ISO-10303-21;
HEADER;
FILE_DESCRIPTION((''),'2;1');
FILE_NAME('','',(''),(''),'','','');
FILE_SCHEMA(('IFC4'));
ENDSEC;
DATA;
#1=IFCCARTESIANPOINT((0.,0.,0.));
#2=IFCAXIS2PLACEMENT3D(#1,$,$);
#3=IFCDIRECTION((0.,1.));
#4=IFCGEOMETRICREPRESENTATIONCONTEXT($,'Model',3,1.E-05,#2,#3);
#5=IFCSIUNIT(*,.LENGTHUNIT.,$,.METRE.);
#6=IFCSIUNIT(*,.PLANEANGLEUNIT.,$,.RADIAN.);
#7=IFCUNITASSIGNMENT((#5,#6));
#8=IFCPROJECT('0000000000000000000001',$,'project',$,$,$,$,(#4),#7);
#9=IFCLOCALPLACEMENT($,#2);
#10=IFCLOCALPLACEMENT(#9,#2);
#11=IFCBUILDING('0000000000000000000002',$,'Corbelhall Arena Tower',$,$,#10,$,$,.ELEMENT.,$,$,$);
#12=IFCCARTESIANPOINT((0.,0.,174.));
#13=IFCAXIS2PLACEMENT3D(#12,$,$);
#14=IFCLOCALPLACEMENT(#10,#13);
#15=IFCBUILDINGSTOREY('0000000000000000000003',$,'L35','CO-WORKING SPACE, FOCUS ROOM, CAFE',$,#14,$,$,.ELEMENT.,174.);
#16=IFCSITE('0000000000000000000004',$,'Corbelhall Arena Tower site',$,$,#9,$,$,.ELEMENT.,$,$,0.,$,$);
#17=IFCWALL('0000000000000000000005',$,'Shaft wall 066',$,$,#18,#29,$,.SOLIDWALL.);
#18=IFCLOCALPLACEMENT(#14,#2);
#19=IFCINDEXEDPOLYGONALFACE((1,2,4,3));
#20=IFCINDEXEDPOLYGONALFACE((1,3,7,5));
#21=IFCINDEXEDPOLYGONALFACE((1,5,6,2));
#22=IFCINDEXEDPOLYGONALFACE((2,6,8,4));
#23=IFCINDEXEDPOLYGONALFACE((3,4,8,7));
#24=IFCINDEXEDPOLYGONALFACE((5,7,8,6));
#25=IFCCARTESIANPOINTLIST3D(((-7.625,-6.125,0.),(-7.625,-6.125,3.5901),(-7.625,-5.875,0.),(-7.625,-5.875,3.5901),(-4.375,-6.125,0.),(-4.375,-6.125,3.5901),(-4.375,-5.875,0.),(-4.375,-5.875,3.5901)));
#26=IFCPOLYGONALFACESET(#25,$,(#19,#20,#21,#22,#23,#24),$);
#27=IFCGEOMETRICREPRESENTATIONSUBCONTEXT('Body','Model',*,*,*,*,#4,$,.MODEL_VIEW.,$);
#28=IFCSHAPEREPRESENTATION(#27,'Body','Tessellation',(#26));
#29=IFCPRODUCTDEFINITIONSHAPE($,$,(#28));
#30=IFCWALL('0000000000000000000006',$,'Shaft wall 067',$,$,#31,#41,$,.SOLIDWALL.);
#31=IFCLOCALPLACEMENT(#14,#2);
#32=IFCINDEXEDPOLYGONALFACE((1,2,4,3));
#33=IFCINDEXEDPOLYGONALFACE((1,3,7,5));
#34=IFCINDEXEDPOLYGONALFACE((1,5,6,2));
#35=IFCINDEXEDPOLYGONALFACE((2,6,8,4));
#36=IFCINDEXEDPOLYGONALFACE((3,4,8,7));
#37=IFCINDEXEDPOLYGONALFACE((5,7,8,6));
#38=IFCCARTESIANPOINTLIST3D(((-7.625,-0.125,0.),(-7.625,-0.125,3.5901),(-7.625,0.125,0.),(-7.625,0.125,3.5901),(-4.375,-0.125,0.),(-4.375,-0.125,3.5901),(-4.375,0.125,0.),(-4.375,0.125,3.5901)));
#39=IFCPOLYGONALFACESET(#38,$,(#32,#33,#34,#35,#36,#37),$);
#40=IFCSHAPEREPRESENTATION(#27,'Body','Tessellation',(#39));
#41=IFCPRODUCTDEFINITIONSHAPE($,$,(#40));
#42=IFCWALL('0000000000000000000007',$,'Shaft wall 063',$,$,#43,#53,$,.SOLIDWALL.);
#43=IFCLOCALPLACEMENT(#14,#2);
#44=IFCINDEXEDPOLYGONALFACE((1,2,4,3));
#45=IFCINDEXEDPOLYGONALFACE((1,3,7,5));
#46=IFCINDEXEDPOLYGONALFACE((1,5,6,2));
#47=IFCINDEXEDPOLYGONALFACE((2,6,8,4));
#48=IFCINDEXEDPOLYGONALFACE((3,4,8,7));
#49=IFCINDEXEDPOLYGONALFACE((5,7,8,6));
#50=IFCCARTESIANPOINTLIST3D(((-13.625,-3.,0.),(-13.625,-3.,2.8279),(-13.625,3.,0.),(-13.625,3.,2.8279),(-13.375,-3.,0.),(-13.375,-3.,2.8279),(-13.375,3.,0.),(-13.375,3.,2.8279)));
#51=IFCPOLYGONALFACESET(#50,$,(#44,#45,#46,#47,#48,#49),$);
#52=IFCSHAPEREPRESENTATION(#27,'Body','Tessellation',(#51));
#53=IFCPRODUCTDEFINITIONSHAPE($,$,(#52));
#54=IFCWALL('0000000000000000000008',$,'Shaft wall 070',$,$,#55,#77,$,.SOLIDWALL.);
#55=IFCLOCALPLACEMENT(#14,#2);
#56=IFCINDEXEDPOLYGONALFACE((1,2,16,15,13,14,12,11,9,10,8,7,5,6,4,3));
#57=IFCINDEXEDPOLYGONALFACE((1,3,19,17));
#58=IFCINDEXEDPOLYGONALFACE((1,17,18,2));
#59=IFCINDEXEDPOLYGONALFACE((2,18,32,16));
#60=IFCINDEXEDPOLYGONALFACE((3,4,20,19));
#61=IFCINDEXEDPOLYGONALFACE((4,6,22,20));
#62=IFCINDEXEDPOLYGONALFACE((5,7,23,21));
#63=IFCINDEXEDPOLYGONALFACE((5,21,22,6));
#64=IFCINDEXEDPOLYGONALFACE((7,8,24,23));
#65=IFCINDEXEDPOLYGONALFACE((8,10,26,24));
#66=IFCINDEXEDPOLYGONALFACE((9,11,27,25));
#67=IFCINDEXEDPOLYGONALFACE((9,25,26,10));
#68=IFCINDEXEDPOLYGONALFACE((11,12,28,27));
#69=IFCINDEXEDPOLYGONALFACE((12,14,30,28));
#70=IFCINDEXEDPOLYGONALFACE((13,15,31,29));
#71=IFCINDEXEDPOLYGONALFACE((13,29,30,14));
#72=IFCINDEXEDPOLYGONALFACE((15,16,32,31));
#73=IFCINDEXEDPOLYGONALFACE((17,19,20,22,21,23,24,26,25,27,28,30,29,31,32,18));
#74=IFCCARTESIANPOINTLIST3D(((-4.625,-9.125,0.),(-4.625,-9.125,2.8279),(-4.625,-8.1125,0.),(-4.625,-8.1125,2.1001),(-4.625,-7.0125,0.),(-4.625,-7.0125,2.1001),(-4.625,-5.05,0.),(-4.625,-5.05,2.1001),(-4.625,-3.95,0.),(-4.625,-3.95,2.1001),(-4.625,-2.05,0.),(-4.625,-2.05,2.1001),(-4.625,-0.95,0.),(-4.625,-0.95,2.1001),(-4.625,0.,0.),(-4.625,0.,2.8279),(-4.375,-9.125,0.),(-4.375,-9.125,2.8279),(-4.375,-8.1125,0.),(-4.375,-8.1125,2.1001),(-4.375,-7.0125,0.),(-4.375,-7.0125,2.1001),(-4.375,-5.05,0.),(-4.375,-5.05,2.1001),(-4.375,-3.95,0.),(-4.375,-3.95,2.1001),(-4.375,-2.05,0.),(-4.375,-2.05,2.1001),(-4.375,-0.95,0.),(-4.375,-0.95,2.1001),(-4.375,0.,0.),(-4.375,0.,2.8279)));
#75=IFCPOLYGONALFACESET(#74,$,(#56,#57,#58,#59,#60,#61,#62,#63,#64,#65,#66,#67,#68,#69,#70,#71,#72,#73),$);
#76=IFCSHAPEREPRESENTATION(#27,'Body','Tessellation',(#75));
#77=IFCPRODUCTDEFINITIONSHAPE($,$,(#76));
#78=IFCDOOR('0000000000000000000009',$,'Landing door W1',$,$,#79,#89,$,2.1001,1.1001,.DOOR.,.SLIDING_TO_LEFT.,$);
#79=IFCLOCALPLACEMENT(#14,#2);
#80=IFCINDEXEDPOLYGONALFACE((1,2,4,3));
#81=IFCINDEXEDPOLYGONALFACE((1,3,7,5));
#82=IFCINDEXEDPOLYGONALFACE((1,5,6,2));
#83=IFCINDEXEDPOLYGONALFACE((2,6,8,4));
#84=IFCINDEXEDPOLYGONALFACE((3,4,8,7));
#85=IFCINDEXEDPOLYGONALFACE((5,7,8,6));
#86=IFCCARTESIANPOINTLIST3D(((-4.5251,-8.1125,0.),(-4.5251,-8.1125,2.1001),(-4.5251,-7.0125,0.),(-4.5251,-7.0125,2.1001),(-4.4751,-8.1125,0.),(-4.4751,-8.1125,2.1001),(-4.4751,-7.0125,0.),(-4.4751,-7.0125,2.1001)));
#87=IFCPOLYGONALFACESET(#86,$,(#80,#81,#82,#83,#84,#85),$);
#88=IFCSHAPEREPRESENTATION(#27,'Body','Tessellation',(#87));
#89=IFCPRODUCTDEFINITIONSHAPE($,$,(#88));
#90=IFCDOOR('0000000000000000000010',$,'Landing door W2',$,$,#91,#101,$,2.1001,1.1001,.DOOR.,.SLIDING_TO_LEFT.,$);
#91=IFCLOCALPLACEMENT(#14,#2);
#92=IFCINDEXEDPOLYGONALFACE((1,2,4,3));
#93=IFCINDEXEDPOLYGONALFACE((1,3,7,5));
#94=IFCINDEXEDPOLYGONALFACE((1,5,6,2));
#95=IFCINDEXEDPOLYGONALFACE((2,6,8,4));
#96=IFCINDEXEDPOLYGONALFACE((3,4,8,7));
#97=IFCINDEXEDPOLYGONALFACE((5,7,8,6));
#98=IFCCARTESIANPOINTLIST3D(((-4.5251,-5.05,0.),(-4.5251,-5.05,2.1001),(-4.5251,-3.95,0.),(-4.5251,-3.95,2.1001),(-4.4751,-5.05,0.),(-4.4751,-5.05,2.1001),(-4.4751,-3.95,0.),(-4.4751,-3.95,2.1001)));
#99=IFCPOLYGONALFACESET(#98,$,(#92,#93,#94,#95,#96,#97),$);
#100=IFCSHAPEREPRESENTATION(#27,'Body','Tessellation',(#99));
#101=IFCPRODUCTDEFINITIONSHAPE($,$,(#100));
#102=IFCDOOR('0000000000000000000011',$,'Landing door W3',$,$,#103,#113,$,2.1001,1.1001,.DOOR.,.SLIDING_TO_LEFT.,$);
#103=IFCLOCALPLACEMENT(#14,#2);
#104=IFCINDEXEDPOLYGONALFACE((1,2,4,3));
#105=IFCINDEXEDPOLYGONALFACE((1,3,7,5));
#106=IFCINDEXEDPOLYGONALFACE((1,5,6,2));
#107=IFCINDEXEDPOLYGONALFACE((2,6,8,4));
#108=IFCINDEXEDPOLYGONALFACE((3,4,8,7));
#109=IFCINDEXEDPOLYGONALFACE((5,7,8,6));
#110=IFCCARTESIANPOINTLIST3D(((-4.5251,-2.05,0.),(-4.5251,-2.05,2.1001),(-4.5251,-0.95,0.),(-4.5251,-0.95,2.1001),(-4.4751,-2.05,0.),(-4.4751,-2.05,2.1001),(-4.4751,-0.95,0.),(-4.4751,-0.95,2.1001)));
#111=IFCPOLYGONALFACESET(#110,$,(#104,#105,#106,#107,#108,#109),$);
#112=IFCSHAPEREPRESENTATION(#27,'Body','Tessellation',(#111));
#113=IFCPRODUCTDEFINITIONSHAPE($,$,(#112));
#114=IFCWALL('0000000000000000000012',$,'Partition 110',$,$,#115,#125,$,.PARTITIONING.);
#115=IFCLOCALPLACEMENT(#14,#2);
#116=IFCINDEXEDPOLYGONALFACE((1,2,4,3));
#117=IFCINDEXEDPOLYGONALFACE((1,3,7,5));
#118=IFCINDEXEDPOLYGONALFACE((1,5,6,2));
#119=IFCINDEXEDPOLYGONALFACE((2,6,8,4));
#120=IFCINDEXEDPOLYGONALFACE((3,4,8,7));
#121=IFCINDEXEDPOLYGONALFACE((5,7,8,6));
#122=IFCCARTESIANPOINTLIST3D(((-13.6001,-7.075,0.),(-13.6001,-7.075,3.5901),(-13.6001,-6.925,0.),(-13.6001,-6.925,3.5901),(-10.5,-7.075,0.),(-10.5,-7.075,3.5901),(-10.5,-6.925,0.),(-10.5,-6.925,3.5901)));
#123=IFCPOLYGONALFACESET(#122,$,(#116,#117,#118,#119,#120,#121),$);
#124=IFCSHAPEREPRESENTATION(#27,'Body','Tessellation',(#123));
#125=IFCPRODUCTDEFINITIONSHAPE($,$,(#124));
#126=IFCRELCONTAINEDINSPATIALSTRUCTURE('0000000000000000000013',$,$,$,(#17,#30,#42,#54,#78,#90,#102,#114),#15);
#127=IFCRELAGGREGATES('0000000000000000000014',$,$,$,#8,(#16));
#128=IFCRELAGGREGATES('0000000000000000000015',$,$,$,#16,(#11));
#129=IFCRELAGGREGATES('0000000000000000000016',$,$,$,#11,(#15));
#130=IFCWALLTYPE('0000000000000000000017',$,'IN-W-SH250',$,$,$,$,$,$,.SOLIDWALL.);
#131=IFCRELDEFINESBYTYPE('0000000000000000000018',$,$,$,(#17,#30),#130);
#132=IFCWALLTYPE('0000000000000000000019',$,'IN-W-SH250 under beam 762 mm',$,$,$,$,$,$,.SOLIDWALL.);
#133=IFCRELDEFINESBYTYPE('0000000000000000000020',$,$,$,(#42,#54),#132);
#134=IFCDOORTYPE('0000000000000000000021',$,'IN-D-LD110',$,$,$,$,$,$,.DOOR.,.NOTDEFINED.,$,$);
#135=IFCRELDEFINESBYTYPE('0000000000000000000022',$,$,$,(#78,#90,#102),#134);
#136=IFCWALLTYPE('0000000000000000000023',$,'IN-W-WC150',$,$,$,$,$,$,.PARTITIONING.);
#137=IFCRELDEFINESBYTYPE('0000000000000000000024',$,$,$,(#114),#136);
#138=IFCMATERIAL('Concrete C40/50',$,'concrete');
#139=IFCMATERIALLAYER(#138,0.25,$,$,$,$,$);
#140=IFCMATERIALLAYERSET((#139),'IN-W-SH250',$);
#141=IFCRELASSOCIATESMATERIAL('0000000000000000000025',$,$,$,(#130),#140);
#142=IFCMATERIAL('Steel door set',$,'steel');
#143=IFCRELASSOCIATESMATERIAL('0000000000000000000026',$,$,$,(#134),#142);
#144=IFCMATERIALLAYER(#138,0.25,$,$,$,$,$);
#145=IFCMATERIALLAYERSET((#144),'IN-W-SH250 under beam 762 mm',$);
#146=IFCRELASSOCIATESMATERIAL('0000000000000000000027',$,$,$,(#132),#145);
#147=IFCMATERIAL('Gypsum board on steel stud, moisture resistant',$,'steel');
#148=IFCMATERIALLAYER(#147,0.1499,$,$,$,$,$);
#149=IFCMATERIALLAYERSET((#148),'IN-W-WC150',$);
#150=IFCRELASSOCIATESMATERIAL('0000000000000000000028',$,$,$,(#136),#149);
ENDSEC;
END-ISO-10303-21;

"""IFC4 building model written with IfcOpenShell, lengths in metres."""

from ifc_helpers import new_model, si_unit, direction, frame, frame_2d, origin, place, context, subcontext, project, spatial, rectangle, extrude, material, layer, layer_set, type_object, element, fill, save


model = new_model("IFC4")

# Units and contexts
model_context = context("Model", 3, precision=1e-05, world=origin(), true_north=direction((0.0, 1.0)))
body_context = subcontext(model_context, "Body", "Model", "MODEL_VIEW")
ifc_project = project(units=[si_unit("LENGTHUNIT", "METRE"), si_unit("PLANEANGLEUNIT", "RADIAN")], contexts=[model_context])

# Site, building, storey
site_placement = place(None, origin())
site = spatial("IfcSite", under=ifc_project, at=site_placement, Name="Corbelhall Arena Tower site", CompositionType="ELEMENT", RefElevation=0.0)
building_placement = place(site_placement, origin())
building = spatial("IfcBuilding", under=site, at=building_placement, Name="Corbelhall Arena Tower", CompositionType="ELEMENT")
storey_placement = place(building_placement, frame((0.0, 0.0, 174.0)))
storey = spatial("IfcBuildingStorey", under=building, at=storey_placement, Name="L35", Description="CO-WORKING SPACE, FOCUS ROOM, CAFE", CompositionType="ELEMENT", Elevation=174.0)

# Shared definitions
ifc_material_1 = material(Name="Steel door set", Category="steel")

# Shared definitions
ifc_material_2 = material(Name="Concrete C40/50", Category="concrete")
ifc_layer_1 = layer(ifc_material_2, 0.25)
ifc_layer_set_1 = layer_set([ifc_layer_1], Name="IN-W-SH250")
wall_type_1 = type_object("IfcWallType", Name="IN-W-SH250", PredefinedType="SOLIDWALL", material=ifc_layer_set_1)

# Shared definitions
door_type_1 = type_object("IfcDoorType", Name="IN-D-LD110", OperationType="NOTDEFINED", PredefinedType="DOOR", material=ifc_material_1)

# Walls
for number, where, z_axis, x_axis, name in (
    (1, (-7.625, -6.0, 0.0), (0.0, 0.0, 1.0), (1.0, 0.0, 0.0), "Shaft wall 066"),
    (2, (-7.625, 0.0, 0.0), (0.0, 0.0, 1.0), (1.0, 0.0, 0.0), "Shaft wall 067"),
):
    element("IfcWall", number, at=place(storey_placement, frame(where, z_axis=z_axis, x_axis=x_axis)), inside=storey, type_object=wall_type_1, Name=name, PredefinedType="SOLIDWALL", context=body_context, shape_type="SweptSolid", body=[
        extrude(rectangle(XDim=3.25, YDim=0.25, at=frame_2d((1.625, 0.0))), origin(), (0.0, 0.0, 1.0), 3.5901),
    ])
ifc_layer_2 = layer(ifc_material_2, 0.25)
ifc_layer_set_2 = layer_set([ifc_layer_2], Name="IN-W-SH250 under beam 762 mm")
wall_type_2 = type_object("IfcWallType", Name="IN-W-SH250 under beam 762 mm", PredefinedType="SOLIDWALL", material=ifc_layer_set_2)
wall_1_placement = place(storey_placement, frame((-13.5, -3.0, 0.0), z_axis=(0.0, 0.0, 1.0), x_axis=(0.0, 1.0, 0.0)))
element("IfcWall", 3, at=wall_1_placement, inside=storey, type_object=wall_type_2, Name="Shaft wall 063", PredefinedType="SOLIDWALL", context=body_context, shape_type="SweptSolid", body=[
    extrude(rectangle(XDim=6.0, YDim=0.25, at=frame_2d((3.0, 0.0))), origin(), (0.0, 0.0, 1.0), 2.8279),
])

# Wall, openings, doors
wall_2_placement = place(storey_placement, frame((-4.5, 0.0, 0.0), z_axis=(0.0, 0.0, 1.0), x_axis=(0.0, -1.0, 0.0)))
wall_2 = element("IfcWall", 4, at=wall_2_placement, inside=storey, type_object=wall_type_2, Name="Shaft wall 070", PredefinedType="SOLIDWALL", context=body_context, shape_type="SweptSolid", body=[
    extrude(rectangle(XDim=9.125, YDim=0.25, at=frame_2d((4.5625, 0.0))), origin(), (0.0, 0.0, 1.0), 2.8279),
])
opening_1_placement = place(wall_2_placement, frame((7.0125, 0.0, 0.0)))
opening_1 = element("IfcOpeningElement", 5, at=opening_1_placement, cuts=wall_2, PredefinedType="OPENING", context=body_context, shape_type="SweptSolid", body=[
    extrude(rectangle(XDim=1.1001, YDim=2.1001, at=frame_2d((0.55, 1.05))), frame((0.0, 0.125, 0.0), z_axis=(0.0, -1.0, 0.0), x_axis=(1.0, 0.0, 0.0)), (0.0, 0.0, 1.0), 0.25),
])
opening_2_placement = place(wall_2_placement, frame((3.95, 0.0, 0.0)))
opening_2 = element("IfcOpeningElement", 6, at=opening_2_placement, cuts=wall_2, PredefinedType="OPENING", context=body_context, shape_type="SweptSolid", body=[
    extrude(rectangle(XDim=1.1001, YDim=2.1001, at=frame_2d((0.55, 1.05))), frame((0.0, 0.125, 0.0), z_axis=(0.0, -1.0, 0.0), x_axis=(1.0, 0.0, 0.0)), (0.0, 0.0, 1.0), 0.25),
])
opening_3_placement = place(wall_2_placement, frame((0.95, 0.0, 0.0)))
opening_3 = element("IfcOpeningElement", 7, at=opening_3_placement, cuts=wall_2, PredefinedType="OPENING", context=body_context, shape_type="SweptSolid", body=[
    extrude(rectangle(XDim=1.1001, YDim=2.1001, at=frame_2d((0.55, 1.05))), frame((0.0, 0.125, 0.0), z_axis=(0.0, -1.0, 0.0), x_axis=(1.0, 0.0, 0.0)), (0.0, 0.0, 1.0), 0.25),
])
door_1_placement = place(opening_1_placement, origin())
door_1 = element("IfcDoor", 8, at=door_1_placement, inside=storey, type_object=door_type_1, Name="Landing door W1", OperationType="SLIDING_TO_LEFT", OverallHeight=2.1001, OverallWidth=1.1001, PredefinedType="DOOR", context=body_context, shape_type="SweptSolid", body=[
    extrude(rectangle(XDim=1.1001, YDim=2.1001, at=frame_2d((0.55, 1.05))), frame((0.0, 0.0249, 0.0), z_axis=(0.0, -1.0, 0.0), x_axis=(1.0, 0.0, 0.0)), (0.0, 0.0, 1.0), 0.05),
])
fill(opening_1, door_1)
door_2_placement = place(opening_2_placement, origin())
door_2 = element("IfcDoor", 9, at=door_2_placement, inside=storey, type_object=door_type_1, Name="Landing door W2", OperationType="SLIDING_TO_LEFT", OverallHeight=2.1001, OverallWidth=1.1001, PredefinedType="DOOR", context=body_context, shape_type="SweptSolid", body=[
    extrude(rectangle(XDim=1.1001, YDim=2.1001, at=frame_2d((0.55, 1.05))), frame((0.0, 0.0249, 0.0), z_axis=(0.0, -1.0, 0.0), x_axis=(1.0, 0.0, 0.0)), (0.0, 0.0, 1.0), 0.05),
])
fill(opening_2, door_2)
door_3_placement = place(opening_3_placement, origin())
door_3 = element("IfcDoor", 10, at=door_3_placement, inside=storey, type_object=door_type_1, Name="Landing door W3", OperationType="SLIDING_TO_LEFT", OverallHeight=2.1001, OverallWidth=1.1001, PredefinedType="DOOR", context=body_context, shape_type="SweptSolid", body=[
    extrude(rectangle(XDim=1.1001, YDim=2.1001, at=frame_2d((0.55, 1.05))), frame((0.0, 0.0249, 0.0), z_axis=(0.0, -1.0, 0.0), x_axis=(1.0, 0.0, 0.0)), (0.0, 0.0, 1.0), 0.05),
])
fill(opening_3, door_3)

# Wall
ifc_material_3 = material(Name="Gypsum board on steel stud, moisture resistant", Category="steel")
ifc_layer_3 = layer(ifc_material_3, 0.1499)
ifc_layer_set_3 = layer_set([ifc_layer_3], Name="IN-W-WC150")
wall_type_3 = type_object("IfcWallType", Name="IN-W-WC150", PredefinedType="PARTITIONING", material=ifc_layer_set_3)
wall_3_placement = place(storey_placement, frame((-13.6001, -7.0, 0.0), z_axis=(0.0, 0.0, 1.0), x_axis=(1.0, 0.0, 0.0)))
element("IfcWall", 11, at=wall_3_placement, inside=storey, type_object=wall_type_3, Name="Partition 110", PredefinedType="PARTITIONING", context=body_context, shape_type="SweptSolid", body=[
    extrude(rectangle(XDim=3.1001, YDim=0.1499, at=frame_2d((1.55, 0.0))), origin(), (0.0, 0.0, 1.0), 3.5901),
])

save(model, "model.ifc")
